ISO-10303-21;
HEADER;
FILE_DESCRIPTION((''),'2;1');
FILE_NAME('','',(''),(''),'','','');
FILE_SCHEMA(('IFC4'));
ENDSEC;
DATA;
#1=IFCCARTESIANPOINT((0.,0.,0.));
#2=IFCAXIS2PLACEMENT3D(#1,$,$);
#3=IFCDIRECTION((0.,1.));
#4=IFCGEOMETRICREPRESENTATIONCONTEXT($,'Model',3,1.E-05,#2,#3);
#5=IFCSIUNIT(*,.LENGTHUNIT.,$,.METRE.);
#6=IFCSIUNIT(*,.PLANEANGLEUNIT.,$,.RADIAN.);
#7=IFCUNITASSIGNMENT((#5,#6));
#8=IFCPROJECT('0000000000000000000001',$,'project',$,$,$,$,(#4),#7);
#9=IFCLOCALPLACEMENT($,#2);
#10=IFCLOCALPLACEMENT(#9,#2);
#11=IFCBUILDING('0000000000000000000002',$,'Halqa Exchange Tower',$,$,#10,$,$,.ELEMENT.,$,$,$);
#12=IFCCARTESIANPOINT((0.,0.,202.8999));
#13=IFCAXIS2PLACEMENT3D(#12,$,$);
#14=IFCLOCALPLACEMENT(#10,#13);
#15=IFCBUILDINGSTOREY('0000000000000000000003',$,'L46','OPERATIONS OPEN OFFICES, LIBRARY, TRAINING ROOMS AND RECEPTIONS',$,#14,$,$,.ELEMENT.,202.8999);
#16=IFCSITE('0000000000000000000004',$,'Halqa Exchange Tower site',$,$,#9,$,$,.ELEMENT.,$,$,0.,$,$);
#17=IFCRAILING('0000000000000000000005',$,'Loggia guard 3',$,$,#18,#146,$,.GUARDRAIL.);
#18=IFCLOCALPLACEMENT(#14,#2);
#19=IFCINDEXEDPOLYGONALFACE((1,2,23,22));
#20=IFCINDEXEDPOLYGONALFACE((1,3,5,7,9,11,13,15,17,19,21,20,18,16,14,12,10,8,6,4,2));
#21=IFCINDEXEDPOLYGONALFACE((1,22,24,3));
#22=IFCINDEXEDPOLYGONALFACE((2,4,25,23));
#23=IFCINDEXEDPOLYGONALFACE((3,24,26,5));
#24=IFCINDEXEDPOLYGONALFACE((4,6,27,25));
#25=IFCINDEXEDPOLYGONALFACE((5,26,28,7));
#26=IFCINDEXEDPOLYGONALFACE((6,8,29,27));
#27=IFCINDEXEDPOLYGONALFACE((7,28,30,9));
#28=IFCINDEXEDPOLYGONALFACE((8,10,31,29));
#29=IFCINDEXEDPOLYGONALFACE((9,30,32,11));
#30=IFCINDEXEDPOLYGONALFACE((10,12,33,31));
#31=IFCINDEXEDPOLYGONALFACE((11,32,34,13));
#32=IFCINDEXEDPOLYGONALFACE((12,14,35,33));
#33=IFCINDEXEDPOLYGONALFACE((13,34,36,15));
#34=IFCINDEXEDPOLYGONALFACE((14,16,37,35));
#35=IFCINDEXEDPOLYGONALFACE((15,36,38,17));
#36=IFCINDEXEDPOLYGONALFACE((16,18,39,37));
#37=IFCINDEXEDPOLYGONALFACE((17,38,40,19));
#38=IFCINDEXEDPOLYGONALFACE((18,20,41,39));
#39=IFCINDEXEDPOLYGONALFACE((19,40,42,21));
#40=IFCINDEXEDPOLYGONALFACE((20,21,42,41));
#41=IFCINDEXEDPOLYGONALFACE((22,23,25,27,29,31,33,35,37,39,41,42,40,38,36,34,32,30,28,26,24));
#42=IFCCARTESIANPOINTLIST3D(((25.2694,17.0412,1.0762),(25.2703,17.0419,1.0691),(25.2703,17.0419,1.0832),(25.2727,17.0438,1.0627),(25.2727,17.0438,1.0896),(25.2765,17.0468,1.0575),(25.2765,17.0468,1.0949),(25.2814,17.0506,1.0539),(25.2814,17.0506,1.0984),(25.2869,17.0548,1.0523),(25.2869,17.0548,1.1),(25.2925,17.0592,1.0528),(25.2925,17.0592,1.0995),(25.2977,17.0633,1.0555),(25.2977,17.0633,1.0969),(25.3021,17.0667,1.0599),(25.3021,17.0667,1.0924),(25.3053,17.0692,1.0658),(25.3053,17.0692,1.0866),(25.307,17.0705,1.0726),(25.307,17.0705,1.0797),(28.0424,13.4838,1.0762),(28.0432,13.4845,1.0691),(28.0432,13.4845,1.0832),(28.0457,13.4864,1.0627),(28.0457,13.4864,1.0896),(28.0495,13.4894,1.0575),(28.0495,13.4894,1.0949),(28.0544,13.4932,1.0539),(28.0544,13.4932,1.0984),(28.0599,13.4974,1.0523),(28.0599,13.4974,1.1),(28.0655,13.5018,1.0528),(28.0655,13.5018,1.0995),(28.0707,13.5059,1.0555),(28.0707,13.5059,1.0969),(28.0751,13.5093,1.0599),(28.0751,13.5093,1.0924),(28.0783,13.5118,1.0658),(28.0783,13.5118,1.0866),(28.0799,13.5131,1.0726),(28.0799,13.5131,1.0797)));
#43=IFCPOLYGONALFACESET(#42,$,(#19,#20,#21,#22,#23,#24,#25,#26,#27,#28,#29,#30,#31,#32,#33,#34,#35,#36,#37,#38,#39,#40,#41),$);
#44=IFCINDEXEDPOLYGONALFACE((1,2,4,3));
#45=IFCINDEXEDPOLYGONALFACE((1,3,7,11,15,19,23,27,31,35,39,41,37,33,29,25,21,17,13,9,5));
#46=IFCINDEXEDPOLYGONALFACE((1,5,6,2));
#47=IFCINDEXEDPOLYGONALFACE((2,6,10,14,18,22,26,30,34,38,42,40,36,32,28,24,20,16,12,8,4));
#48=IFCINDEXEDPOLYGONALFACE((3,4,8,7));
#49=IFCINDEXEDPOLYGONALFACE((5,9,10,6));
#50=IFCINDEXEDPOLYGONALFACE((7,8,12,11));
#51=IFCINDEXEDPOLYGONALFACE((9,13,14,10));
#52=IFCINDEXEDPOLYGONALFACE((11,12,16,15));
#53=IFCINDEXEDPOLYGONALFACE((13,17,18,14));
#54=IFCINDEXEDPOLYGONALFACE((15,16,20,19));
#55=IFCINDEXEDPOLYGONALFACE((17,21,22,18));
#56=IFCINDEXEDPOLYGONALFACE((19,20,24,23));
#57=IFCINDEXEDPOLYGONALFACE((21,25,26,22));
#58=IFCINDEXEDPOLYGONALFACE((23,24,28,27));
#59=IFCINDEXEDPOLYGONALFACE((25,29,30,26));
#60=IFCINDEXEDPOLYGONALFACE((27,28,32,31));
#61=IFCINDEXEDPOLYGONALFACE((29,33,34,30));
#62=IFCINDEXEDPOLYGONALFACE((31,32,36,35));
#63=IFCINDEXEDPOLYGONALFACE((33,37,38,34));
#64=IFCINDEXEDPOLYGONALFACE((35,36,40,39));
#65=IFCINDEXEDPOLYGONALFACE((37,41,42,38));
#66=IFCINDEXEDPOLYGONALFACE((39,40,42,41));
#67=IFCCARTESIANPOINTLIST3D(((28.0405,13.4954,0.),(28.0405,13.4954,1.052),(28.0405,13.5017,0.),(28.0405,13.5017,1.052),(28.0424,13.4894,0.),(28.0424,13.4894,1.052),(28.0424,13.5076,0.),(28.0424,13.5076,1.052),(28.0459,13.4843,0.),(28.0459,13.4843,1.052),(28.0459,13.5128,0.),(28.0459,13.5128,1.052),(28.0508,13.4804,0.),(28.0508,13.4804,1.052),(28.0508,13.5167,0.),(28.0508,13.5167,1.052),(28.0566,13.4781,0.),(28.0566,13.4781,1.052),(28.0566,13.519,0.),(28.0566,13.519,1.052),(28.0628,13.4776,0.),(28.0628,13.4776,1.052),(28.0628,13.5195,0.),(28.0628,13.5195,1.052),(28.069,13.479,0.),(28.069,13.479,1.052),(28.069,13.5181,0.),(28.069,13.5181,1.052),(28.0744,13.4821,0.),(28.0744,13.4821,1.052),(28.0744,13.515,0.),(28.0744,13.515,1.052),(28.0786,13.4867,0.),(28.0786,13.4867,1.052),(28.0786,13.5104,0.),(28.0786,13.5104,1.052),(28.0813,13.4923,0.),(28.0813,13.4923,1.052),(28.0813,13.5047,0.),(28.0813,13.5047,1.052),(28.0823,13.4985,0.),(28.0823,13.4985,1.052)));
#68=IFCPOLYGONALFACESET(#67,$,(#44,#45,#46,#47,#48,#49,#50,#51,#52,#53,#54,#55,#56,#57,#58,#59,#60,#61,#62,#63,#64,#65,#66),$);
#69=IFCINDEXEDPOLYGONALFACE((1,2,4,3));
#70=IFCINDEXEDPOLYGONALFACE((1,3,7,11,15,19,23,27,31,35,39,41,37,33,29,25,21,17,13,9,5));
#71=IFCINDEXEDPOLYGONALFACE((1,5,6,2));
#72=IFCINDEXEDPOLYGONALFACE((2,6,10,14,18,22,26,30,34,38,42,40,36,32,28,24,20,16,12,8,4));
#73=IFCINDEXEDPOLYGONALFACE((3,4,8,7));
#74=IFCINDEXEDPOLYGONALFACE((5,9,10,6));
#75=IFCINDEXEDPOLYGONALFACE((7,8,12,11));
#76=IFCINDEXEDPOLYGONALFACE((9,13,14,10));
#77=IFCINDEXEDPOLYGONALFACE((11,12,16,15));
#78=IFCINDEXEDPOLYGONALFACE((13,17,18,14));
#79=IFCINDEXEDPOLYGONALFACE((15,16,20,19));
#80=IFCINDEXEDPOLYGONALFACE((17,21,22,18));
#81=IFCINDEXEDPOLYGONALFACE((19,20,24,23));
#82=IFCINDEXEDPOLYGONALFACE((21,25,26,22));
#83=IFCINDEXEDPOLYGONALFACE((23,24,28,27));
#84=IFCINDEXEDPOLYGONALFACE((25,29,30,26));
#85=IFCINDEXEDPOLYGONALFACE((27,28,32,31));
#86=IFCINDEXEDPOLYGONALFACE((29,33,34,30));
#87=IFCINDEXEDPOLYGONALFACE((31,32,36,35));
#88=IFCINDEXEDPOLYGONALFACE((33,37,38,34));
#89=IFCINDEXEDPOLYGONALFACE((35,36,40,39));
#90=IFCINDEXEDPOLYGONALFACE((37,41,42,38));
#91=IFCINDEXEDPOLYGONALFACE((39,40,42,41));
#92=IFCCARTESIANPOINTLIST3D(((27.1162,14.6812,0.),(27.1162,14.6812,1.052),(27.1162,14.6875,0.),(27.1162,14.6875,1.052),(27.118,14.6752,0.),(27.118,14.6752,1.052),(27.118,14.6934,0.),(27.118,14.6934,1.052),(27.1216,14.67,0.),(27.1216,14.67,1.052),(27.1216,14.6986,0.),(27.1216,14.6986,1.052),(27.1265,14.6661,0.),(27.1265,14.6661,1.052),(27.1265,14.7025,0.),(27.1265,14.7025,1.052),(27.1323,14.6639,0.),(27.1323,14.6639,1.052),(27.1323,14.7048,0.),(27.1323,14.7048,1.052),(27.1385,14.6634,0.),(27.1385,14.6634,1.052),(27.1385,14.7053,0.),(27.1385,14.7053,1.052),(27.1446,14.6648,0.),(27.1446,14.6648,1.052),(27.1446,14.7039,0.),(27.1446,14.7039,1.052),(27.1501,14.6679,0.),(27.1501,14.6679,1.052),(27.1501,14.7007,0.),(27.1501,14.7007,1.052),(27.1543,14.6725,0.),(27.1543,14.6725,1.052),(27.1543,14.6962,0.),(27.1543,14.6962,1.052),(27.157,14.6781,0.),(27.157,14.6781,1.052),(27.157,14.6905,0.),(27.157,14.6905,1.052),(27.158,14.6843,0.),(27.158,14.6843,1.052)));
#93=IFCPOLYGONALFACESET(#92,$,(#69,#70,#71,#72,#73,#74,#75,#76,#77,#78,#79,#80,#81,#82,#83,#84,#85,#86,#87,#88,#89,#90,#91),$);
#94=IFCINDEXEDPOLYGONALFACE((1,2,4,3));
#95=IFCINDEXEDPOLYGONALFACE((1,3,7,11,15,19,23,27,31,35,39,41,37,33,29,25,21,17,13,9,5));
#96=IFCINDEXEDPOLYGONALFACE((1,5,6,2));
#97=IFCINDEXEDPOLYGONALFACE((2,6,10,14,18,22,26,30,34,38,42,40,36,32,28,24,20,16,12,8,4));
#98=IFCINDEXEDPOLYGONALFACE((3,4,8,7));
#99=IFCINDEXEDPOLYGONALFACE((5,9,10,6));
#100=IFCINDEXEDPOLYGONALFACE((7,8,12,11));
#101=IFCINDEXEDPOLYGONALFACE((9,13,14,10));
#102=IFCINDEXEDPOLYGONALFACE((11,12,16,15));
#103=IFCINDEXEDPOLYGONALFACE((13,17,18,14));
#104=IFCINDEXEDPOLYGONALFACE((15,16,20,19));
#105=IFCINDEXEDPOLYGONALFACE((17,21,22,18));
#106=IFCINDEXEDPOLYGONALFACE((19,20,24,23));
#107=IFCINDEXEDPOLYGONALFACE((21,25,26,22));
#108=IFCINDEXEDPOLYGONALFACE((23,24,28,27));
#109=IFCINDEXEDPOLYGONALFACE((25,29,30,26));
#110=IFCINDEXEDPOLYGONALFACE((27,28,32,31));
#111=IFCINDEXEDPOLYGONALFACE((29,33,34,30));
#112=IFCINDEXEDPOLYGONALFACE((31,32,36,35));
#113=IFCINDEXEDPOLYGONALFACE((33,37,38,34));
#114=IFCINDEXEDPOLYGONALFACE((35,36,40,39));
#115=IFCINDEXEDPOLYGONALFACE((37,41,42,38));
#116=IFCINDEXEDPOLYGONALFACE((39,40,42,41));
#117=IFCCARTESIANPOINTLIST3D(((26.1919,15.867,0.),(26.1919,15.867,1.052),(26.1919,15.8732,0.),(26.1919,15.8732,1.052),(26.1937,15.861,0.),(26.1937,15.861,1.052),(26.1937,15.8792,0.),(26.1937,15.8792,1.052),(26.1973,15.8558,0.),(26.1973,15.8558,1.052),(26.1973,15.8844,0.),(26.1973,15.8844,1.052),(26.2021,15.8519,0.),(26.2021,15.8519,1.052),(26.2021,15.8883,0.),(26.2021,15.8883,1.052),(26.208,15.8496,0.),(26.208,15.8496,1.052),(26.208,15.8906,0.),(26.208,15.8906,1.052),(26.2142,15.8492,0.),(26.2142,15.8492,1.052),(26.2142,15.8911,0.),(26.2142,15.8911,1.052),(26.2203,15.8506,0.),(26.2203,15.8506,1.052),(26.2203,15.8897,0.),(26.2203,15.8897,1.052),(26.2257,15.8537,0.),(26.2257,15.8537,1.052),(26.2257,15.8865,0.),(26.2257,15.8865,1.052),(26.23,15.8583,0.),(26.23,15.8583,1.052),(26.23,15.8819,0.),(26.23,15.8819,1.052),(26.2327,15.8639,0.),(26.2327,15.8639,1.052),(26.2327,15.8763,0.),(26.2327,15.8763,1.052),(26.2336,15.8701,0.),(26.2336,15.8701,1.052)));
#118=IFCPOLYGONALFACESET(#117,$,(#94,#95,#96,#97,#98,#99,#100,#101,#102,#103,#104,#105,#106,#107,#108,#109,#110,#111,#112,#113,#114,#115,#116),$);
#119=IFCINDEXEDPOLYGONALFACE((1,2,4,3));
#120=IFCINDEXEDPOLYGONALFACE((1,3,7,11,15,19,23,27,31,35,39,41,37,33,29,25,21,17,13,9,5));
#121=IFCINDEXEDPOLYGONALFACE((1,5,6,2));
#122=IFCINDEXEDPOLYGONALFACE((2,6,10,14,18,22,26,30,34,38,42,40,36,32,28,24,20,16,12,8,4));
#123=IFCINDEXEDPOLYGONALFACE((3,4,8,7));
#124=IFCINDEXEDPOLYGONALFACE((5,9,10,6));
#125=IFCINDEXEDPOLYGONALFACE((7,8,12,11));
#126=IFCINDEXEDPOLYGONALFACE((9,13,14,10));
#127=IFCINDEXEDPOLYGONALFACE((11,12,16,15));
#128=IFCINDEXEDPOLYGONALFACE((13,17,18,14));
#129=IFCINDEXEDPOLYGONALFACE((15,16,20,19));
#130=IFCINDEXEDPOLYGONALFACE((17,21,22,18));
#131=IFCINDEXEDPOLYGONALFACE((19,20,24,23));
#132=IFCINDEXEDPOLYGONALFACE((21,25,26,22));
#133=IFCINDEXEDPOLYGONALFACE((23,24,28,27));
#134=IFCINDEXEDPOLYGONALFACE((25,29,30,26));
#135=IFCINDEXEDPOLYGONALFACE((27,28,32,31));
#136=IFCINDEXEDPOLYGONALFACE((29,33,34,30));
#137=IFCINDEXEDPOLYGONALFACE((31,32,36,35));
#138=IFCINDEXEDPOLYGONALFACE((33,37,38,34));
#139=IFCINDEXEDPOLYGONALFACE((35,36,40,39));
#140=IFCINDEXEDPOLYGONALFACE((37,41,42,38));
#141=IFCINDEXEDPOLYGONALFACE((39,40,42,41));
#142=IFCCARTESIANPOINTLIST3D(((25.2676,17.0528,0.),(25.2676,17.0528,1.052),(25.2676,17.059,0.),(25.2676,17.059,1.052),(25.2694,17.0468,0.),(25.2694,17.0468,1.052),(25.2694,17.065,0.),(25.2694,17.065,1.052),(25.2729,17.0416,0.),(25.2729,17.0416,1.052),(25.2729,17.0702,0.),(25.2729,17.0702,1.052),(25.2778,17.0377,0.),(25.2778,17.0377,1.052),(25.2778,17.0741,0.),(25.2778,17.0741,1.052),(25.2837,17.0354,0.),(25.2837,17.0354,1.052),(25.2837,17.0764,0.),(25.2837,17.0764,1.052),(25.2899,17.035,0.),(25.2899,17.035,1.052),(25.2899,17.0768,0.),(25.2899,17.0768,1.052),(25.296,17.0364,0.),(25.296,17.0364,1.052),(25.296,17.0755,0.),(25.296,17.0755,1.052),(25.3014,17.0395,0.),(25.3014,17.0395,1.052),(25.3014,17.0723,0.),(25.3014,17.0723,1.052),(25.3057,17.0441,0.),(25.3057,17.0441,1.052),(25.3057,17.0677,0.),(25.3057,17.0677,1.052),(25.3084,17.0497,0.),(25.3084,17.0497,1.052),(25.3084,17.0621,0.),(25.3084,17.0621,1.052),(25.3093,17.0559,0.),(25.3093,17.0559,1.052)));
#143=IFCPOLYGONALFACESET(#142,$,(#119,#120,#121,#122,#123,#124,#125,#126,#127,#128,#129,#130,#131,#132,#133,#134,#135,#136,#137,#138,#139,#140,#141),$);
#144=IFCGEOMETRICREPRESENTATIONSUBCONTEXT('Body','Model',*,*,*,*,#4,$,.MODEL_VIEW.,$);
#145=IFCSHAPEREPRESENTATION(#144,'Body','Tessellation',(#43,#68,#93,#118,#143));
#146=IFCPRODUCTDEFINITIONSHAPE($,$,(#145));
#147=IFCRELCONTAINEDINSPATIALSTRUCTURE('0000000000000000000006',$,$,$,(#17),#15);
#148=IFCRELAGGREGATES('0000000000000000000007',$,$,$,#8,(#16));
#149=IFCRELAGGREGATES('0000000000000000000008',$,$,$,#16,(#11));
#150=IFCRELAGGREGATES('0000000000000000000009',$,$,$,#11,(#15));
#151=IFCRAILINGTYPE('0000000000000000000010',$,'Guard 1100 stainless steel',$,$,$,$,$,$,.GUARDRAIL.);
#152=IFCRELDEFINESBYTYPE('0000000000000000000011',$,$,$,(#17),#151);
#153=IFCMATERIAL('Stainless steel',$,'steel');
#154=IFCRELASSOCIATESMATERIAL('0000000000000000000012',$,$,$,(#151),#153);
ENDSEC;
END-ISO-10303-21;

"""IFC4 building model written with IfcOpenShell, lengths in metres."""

from ifc_helpers import new_model, si_unit, direction, frame, origin, origin_2d, place, context, subcontext, project, spatial, circle, extrude, material, type_object, element, save


model = new_model("IFC4")

# Units and contexts
model_context = context("Model", 3, precision=1e-05, world=origin(), true_north=direction((0.0, 1.0)))
body_context = subcontext(model_context, "Body", "Model", "MODEL_VIEW")
ifc_project = project(units=[si_unit("LENGTHUNIT", "METRE"), si_unit("PLANEANGLEUNIT", "RADIAN")], contexts=[model_context])

# Site, building, storey
site_placement = place(None, origin())
site = spatial("IfcSite", under=ifc_project, at=site_placement, Name="Halqa Exchange Tower site", CompositionType="ELEMENT", RefElevation=0.0)
building_placement = place(site_placement, origin())
building = spatial("IfcBuilding", under=site, at=building_placement, Name="Halqa Exchange Tower", CompositionType="ELEMENT")
storey_placement = place(building_placement, frame((0.0, 0.0, 202.8999)))
storey = spatial("IfcBuildingStorey", under=building, at=storey_placement, Name="L46", Description="OPERATIONS OPEN OFFICES, LIBRARY, TRAINING ROOMS AND RECEPTIONS", CompositionType="ELEMENT", Elevation=202.8999)

# Railing
ifc_material_1 = material(Name="Stainless steel", Category="steel")
railing_type = type_object("IfcRailingType", Name="Guard 1100 stainless steel", PredefinedType="GUARDRAIL", material=ifc_material_1)
railing_1_placement = place(storey_placement, frame((28.0613, 13.4985, 0.0)))
element("IfcRailing", 1, at=railing_1_placement, inside=storey, type_object=railing_type, Name="Loggia guard 3", PredefinedType="GUARDRAIL", context=body_context, shape_type="SweptSolid", body=[
    extrude(circle(Radius=0.0239, at=origin_2d()), frame((0.0, 0.0, 1.0762), z_axis=(-0.614783, 0.788696, 0.0), x_axis=(-0.788696, -0.614783, 0.0)), (0.0, 0.0, 1.0), 4.5105),
    extrude(circle(Radius=0.021, at=origin_2d()), origin(), (0.0, 0.0, 1.0), 1.052),
    extrude(circle(Radius=0.021, at=origin_2d()), frame((-0.9243, 1.1858, 0.0)), (0.0, 0.0, 1.0), 1.052),
    extrude(circle(Radius=0.021, at=origin_2d()), frame((-1.8486, 2.3716, 0.0)), (0.0, 0.0, 1.0), 1.052),
    extrude(circle(Radius=0.021, at=origin_2d()), frame((-2.7729, 3.5574, 0.0)), (0.0, 0.0, 1.0), 1.052),
])

save(model, "model.ifc")
